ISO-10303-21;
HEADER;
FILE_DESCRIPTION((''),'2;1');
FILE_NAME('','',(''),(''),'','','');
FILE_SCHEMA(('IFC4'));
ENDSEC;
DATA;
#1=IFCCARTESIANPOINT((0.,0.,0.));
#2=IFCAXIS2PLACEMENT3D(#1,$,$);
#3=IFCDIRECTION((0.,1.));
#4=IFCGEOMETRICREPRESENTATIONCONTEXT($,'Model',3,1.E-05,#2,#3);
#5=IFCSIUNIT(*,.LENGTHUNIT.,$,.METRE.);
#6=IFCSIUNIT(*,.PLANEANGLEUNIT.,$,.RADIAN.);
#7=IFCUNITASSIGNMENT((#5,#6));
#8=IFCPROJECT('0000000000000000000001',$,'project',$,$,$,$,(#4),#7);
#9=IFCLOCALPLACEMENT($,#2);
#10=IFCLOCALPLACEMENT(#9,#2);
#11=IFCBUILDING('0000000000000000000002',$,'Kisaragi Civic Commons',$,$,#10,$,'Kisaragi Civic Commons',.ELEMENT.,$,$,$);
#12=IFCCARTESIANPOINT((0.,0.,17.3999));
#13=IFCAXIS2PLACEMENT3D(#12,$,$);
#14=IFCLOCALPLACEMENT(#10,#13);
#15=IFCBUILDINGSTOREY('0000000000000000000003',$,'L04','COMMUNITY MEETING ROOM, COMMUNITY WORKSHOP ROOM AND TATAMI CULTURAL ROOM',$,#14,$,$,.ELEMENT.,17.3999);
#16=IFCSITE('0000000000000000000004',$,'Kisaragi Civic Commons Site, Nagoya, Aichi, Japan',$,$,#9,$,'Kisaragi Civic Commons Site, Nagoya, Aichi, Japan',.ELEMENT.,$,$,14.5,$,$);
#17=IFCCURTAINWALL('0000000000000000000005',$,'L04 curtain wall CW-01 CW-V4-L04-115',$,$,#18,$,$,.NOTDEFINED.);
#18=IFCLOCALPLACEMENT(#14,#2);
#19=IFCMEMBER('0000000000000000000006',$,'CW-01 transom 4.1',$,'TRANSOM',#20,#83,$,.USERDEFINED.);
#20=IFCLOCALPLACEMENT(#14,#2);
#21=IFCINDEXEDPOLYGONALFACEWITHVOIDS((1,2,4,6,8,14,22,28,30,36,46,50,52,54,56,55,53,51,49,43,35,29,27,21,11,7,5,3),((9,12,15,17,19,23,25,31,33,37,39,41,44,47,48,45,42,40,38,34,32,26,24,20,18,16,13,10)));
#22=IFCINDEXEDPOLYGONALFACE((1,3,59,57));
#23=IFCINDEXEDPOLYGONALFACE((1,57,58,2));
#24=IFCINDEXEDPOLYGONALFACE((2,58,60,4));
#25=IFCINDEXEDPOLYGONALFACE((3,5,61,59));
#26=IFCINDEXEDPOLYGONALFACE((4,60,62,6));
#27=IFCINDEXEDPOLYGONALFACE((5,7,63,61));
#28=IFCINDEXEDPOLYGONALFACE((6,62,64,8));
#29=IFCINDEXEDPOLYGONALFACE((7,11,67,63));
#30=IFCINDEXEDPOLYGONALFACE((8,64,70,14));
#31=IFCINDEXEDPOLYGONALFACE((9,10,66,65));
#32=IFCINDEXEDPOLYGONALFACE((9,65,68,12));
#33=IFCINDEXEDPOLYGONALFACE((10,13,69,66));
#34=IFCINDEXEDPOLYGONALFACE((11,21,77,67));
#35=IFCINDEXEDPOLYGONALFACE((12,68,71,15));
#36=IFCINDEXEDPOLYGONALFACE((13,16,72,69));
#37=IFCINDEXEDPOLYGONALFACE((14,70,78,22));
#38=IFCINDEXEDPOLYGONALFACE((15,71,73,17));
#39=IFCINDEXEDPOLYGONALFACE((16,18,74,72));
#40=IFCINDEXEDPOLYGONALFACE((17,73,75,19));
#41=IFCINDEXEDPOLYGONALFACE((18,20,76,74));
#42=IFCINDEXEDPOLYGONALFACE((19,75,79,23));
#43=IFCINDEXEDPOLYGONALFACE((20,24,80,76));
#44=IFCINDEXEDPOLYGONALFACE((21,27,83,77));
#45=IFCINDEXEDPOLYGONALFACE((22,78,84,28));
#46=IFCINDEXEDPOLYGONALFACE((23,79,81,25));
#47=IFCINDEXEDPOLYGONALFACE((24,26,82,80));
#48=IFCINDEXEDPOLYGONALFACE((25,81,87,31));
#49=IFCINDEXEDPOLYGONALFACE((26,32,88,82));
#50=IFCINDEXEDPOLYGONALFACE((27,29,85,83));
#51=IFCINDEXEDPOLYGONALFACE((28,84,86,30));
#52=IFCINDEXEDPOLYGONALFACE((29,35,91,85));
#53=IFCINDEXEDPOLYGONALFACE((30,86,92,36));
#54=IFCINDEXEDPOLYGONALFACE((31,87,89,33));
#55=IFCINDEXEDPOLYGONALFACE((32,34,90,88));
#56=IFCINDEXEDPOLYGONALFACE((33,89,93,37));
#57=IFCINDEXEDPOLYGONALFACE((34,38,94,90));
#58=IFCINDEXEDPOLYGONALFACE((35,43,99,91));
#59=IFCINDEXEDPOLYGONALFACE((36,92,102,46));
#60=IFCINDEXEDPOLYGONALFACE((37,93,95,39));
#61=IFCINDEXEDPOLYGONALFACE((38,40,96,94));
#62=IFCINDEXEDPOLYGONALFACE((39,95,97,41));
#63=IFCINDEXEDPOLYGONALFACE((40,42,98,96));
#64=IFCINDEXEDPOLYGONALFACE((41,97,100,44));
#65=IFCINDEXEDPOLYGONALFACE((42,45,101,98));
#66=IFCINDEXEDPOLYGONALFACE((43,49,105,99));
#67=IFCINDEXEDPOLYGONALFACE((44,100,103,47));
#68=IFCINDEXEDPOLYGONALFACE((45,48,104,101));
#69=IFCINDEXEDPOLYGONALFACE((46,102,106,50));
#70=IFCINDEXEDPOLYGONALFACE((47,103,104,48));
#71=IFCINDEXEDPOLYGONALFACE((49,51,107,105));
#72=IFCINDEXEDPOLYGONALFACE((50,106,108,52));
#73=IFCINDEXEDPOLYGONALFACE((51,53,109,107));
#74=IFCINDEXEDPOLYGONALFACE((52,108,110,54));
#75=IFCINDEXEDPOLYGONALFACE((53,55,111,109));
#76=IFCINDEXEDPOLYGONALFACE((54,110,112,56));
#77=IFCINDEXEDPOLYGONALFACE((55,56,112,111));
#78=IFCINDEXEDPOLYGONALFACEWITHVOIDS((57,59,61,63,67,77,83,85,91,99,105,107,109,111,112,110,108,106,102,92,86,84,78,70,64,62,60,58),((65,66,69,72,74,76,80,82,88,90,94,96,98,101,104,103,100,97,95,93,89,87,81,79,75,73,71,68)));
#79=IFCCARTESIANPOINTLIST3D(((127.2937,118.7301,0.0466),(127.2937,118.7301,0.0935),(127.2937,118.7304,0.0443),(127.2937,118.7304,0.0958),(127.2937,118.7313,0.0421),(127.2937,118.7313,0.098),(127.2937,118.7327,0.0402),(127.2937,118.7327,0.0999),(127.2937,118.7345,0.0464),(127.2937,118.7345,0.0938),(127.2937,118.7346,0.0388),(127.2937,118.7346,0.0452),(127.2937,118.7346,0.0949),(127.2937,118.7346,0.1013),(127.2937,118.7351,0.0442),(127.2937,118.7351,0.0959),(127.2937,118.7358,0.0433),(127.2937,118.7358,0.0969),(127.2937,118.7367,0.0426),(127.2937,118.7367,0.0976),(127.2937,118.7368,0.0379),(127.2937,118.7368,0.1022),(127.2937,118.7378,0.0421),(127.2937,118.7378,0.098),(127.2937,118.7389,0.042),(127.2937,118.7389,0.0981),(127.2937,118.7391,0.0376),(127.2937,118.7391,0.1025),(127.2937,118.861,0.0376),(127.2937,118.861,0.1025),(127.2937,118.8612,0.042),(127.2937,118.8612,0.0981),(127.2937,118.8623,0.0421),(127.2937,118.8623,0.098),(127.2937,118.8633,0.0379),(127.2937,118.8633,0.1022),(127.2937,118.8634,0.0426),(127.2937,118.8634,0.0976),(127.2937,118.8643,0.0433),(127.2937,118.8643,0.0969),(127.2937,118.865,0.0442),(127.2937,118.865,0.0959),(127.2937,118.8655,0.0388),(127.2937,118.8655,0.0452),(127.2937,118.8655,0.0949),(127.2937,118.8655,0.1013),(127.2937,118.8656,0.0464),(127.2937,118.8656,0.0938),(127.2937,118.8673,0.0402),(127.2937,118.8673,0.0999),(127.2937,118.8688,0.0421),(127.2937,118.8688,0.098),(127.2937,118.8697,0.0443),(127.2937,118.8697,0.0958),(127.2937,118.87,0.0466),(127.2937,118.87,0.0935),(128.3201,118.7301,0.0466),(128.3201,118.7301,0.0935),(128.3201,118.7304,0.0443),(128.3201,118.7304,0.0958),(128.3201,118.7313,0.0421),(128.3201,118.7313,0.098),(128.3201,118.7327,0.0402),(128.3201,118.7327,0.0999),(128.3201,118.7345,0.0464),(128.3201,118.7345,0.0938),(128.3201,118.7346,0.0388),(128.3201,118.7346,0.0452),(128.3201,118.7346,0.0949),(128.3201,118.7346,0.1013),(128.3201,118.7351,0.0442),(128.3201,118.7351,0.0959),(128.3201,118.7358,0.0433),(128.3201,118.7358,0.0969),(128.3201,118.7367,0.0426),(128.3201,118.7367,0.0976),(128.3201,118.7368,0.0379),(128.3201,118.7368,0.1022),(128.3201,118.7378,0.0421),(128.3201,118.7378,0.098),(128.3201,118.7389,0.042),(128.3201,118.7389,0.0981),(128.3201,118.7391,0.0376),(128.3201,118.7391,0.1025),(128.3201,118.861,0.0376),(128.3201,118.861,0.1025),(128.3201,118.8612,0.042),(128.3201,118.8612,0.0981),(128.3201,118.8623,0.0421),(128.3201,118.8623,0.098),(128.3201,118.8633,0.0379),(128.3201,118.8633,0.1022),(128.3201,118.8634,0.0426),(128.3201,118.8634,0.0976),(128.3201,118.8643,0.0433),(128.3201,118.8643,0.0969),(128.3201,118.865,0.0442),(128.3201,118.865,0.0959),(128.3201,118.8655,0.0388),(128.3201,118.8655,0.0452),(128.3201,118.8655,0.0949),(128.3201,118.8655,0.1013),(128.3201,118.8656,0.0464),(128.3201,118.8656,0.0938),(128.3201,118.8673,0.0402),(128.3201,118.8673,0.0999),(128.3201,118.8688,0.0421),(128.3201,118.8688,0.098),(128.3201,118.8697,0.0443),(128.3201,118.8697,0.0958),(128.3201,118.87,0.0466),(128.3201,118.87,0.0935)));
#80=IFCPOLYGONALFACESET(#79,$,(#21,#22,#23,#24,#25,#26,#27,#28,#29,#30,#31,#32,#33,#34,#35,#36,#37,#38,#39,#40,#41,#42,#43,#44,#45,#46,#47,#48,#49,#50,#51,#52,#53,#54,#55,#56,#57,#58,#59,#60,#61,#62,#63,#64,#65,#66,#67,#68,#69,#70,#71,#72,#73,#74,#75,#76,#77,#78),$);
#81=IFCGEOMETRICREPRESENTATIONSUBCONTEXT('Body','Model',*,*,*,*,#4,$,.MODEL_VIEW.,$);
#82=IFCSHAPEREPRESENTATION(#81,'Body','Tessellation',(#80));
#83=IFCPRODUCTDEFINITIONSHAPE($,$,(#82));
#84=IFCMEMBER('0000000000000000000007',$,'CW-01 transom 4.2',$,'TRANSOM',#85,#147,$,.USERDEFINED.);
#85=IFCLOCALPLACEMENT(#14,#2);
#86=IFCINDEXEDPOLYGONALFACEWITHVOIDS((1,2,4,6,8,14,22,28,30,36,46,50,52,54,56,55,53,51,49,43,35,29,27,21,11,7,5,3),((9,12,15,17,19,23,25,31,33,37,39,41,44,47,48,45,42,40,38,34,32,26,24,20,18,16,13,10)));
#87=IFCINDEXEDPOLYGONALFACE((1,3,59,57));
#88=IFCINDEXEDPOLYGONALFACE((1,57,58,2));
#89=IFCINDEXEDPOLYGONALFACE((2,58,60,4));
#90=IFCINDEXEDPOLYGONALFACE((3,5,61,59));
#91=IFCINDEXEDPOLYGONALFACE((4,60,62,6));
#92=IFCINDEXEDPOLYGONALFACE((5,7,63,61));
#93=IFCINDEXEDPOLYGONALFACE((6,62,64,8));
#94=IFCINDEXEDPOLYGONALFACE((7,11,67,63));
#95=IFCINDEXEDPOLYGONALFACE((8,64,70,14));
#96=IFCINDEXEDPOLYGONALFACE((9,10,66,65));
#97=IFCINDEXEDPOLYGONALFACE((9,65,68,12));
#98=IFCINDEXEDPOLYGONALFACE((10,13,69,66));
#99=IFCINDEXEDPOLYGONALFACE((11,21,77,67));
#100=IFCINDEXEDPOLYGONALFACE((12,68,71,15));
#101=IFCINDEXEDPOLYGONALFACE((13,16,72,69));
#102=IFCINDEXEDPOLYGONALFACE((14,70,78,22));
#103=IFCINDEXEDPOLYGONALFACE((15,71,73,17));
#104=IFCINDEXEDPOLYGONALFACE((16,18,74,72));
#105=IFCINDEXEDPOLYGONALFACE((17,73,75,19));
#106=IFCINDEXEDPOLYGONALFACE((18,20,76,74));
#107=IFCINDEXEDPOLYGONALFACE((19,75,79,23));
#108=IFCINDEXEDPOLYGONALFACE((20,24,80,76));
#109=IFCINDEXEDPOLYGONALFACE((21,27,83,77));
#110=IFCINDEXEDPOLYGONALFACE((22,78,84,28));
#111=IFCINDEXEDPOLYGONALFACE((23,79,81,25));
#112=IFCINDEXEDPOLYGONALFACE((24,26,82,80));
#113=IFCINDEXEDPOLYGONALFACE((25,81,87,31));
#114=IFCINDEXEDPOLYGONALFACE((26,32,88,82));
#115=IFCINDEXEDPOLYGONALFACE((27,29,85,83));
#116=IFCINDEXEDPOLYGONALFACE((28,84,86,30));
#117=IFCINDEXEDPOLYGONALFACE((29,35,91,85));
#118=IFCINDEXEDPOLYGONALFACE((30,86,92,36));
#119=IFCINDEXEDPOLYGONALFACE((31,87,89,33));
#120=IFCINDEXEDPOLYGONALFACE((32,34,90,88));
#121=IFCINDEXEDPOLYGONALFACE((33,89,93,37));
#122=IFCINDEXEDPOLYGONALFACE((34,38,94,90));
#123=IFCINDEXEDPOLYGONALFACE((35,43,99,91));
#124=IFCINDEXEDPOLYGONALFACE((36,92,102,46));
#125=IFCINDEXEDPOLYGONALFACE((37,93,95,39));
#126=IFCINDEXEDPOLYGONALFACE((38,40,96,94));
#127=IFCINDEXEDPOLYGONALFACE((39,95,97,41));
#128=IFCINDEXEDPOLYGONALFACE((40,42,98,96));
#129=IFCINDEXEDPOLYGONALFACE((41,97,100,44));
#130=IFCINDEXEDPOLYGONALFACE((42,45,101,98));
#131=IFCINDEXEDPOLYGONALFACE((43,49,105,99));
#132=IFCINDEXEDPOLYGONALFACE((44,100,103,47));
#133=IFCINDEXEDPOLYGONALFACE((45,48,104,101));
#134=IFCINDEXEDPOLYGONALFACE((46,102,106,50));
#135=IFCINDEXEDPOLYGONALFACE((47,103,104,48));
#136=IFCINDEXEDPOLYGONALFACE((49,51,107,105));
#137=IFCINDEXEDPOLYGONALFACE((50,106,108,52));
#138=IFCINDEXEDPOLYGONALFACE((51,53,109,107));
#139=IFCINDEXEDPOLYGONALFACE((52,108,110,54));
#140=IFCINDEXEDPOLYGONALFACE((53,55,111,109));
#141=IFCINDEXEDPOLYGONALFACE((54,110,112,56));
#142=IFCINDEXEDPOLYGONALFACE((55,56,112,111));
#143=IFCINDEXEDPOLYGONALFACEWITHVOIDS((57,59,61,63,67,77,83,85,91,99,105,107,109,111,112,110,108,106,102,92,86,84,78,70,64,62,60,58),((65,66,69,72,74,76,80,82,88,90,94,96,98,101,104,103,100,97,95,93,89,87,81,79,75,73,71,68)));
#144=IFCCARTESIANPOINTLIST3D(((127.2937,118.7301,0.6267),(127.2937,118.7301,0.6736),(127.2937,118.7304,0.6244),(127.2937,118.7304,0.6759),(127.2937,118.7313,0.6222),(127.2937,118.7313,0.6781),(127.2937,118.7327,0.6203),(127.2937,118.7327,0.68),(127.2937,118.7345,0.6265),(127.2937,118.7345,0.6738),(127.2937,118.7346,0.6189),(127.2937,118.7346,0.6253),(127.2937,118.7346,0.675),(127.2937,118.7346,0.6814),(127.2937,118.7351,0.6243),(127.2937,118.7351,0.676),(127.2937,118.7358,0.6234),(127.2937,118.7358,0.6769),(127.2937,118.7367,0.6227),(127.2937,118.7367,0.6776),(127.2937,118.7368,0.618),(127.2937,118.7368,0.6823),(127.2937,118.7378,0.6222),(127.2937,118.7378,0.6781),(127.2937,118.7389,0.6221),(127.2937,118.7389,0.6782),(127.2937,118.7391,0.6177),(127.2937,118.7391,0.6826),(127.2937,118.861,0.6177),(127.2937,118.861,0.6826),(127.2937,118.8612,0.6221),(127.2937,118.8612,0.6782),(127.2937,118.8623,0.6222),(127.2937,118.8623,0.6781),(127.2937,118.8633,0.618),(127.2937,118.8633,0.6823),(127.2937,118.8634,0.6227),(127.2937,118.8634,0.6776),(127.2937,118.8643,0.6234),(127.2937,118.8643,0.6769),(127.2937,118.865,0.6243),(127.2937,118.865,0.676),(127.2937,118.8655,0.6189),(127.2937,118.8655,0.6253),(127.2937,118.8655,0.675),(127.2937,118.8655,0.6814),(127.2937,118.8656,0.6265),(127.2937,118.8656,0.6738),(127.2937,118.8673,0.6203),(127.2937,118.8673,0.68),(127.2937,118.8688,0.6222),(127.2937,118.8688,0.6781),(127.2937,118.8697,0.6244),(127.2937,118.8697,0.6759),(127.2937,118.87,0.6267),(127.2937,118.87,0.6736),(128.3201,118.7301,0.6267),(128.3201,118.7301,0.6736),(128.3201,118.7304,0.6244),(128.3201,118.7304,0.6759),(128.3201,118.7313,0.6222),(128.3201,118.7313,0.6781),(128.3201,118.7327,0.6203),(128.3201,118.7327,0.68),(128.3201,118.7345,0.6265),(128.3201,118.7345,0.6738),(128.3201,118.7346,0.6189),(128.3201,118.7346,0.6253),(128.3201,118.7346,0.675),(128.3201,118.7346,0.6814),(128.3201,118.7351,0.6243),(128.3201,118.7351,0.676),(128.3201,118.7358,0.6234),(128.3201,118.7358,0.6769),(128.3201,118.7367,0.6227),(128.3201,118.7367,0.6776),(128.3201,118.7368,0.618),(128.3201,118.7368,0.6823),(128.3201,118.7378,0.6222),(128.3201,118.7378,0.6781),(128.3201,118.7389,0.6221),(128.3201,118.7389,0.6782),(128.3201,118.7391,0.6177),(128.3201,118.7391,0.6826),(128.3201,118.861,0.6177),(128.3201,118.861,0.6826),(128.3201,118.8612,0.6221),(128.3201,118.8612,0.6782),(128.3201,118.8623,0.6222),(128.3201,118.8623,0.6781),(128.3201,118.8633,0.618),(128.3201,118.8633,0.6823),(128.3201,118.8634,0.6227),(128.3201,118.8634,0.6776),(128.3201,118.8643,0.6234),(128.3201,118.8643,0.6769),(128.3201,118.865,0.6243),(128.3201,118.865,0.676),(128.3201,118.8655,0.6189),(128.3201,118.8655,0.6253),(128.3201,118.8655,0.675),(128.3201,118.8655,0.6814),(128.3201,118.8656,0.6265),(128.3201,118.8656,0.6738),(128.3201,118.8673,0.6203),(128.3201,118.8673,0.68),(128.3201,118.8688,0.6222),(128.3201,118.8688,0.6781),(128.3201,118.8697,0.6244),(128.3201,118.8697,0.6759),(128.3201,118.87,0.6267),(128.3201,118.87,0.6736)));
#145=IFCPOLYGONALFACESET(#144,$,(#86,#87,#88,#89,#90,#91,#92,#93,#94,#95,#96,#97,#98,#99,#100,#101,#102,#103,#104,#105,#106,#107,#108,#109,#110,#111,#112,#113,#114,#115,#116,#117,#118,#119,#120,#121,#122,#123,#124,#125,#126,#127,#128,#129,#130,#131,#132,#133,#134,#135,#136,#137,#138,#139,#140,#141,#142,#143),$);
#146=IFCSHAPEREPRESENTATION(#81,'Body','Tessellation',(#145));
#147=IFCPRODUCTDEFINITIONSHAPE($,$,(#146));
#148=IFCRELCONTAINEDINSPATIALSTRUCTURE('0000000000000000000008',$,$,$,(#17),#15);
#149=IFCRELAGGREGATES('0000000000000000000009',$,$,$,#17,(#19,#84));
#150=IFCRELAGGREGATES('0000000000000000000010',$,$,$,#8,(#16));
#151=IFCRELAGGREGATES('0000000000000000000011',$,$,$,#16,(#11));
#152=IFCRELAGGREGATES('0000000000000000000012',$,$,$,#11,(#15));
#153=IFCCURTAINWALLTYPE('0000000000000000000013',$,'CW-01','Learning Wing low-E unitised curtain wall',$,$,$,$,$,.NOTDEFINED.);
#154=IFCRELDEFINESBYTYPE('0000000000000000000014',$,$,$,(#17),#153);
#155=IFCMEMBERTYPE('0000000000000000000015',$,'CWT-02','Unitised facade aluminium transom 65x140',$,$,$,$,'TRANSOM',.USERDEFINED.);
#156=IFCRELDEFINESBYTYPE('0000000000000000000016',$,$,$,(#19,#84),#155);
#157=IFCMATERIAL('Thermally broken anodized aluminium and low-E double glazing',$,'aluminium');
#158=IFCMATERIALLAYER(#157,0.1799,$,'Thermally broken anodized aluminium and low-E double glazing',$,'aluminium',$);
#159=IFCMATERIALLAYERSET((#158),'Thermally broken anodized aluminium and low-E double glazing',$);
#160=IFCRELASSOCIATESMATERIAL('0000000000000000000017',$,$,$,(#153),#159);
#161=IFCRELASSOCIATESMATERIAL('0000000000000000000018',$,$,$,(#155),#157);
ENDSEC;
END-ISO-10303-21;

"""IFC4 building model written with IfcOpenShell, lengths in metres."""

from ifc_helpers import new_model, si_unit, direction, frame, origin, origin_2d, place, context, subcontext, project, spatial, hollow_rectangle, extrude, material, layer, layer_set, material_profile, profile_set, type_object, element, aggregate, save


model = new_model("IFC4")

# Units and contexts
model_context = context("Model", 3, precision=1e-05, world=origin(), true_north=direction((0.0, 1.0)))
body_context = subcontext(model_context, "Body", "Model", "MODEL_VIEW")
ifc_project = project(units=[si_unit("LENGTHUNIT", "METRE"), si_unit("PLANEANGLEUNIT", "RADIAN")], contexts=[model_context])

# Site, building, storey
site_placement = place(None, origin())
site = spatial("IfcSite", under=ifc_project, at=site_placement, Name="Kisaragi Civic Commons Site, Nagoya, Aichi, Japan", LongName="Kisaragi Civic Commons Site, Nagoya, Aichi, Japan", CompositionType="ELEMENT", RefElevation=14.5)
building_placement = place(site_placement, origin())
building = spatial("IfcBuilding", under=site, at=building_placement, Name="Kisaragi Civic Commons", LongName="Kisaragi Civic Commons", CompositionType="ELEMENT")
storey_placement = place(building_placement, frame((0.0, 0.0, 17.3999)))
storey = spatial("IfcBuildingStorey", under=building, at=storey_placement, Name="L04", Description="COMMUNITY MEETING ROOM, COMMUNITY WORKSHOP ROOM AND TATAMI CULTURAL ROOM", CompositionType="ELEMENT", Elevation=17.3999)

# Curtain wall, members
ifc_material_1 = material(Name="Thermally broken anodized aluminium and low-E double glazing", Category="aluminium")
ifc_layer_1 = layer(ifc_material_1, 0.1799, Name="Thermally broken anodized aluminium and low-E double glazing", Category="aluminium")
ifc_layer_set_1 = layer_set([ifc_layer_1], Name="Thermally broken anodized aluminium and low-E double glazing")
curtain_wall_type = type_object("IfcCurtainWallType", Name="CW-01", Description="Learning Wing low-E unitised curtain wall", PredefinedType="NOTDEFINED", material=ifc_layer_set_1)
curtain_wall_placement = place(storey_placement, origin())
curtain_wall = element("IfcCurtainWall", 1, at=curtain_wall_placement, inside=storey, type_object=curtain_wall_type, Name="L04 curtain wall CW-01 CW-V4-L04-115", PredefinedType="NOTDEFINED")
ifc_material_profile_1 = material_profile(ifc_material_1, hollow_rectangle(XDim=0.1399, YDim=0.0649, WallThickness=0.0044, InnerFilletRadius=0.0044, OuterFilletRadius=0.009, at=origin_2d()), Name="CWT-65x140x4.5", Category="aluminium")
ifc_profile_set_1 = profile_set([ifc_material_profile_1], Name="Thermally broken anodized aluminium and low-E double glazing")
member_type_1 = type_object("IfcMemberType", Name="CWT-02", Description="Unitised facade aluminium transom 65x140", ElementType="TRANSOM", PredefinedType="USERDEFINED", material=ifc_profile_set_1)
member_1_placement = place(storey_placement, frame((127.2937, 118.8, 0.0701), z_axis=(1.0, 0.0, 0.0), x_axis=(0.0, 1.0, 0.0)))
member_1 = element("IfcMember", 2, at=member_1_placement, type_object=member_type_1, Name="CW-01 transom 4.1", ObjectType="TRANSOM", PredefinedType="USERDEFINED", context=body_context, shape_type="SweptSolid", body=[
    extrude(hollow_rectangle(XDim=0.1399, YDim=0.0649, WallThickness=0.0044, InnerFilletRadius=0.0044, OuterFilletRadius=0.009, at=origin_2d()), origin(), (0.0, 0.0, 1.0), 1.0264),
])
member_2_placement = place(storey_placement, frame((127.2937, 118.8, 0.6501), z_axis=(1.0, 0.0, 0.0), x_axis=(0.0, 1.0, 0.0)))
member_2 = element("IfcMember", 3, at=member_2_placement, type_object=member_type_1, Name="CW-01 transom 4.2", ObjectType="TRANSOM", PredefinedType="USERDEFINED", context=body_context, shape_type="SweptSolid", body=[
    extrude(hollow_rectangle(XDim=0.1399, YDim=0.0649, WallThickness=0.0044, InnerFilletRadius=0.0044, OuterFilletRadius=0.009, at=origin_2d()), origin(), (0.0, 0.0, 1.0), 1.0264),
])
aggregate(curtain_wall, [member_1, member_2])

save(model, "model.ifc")
